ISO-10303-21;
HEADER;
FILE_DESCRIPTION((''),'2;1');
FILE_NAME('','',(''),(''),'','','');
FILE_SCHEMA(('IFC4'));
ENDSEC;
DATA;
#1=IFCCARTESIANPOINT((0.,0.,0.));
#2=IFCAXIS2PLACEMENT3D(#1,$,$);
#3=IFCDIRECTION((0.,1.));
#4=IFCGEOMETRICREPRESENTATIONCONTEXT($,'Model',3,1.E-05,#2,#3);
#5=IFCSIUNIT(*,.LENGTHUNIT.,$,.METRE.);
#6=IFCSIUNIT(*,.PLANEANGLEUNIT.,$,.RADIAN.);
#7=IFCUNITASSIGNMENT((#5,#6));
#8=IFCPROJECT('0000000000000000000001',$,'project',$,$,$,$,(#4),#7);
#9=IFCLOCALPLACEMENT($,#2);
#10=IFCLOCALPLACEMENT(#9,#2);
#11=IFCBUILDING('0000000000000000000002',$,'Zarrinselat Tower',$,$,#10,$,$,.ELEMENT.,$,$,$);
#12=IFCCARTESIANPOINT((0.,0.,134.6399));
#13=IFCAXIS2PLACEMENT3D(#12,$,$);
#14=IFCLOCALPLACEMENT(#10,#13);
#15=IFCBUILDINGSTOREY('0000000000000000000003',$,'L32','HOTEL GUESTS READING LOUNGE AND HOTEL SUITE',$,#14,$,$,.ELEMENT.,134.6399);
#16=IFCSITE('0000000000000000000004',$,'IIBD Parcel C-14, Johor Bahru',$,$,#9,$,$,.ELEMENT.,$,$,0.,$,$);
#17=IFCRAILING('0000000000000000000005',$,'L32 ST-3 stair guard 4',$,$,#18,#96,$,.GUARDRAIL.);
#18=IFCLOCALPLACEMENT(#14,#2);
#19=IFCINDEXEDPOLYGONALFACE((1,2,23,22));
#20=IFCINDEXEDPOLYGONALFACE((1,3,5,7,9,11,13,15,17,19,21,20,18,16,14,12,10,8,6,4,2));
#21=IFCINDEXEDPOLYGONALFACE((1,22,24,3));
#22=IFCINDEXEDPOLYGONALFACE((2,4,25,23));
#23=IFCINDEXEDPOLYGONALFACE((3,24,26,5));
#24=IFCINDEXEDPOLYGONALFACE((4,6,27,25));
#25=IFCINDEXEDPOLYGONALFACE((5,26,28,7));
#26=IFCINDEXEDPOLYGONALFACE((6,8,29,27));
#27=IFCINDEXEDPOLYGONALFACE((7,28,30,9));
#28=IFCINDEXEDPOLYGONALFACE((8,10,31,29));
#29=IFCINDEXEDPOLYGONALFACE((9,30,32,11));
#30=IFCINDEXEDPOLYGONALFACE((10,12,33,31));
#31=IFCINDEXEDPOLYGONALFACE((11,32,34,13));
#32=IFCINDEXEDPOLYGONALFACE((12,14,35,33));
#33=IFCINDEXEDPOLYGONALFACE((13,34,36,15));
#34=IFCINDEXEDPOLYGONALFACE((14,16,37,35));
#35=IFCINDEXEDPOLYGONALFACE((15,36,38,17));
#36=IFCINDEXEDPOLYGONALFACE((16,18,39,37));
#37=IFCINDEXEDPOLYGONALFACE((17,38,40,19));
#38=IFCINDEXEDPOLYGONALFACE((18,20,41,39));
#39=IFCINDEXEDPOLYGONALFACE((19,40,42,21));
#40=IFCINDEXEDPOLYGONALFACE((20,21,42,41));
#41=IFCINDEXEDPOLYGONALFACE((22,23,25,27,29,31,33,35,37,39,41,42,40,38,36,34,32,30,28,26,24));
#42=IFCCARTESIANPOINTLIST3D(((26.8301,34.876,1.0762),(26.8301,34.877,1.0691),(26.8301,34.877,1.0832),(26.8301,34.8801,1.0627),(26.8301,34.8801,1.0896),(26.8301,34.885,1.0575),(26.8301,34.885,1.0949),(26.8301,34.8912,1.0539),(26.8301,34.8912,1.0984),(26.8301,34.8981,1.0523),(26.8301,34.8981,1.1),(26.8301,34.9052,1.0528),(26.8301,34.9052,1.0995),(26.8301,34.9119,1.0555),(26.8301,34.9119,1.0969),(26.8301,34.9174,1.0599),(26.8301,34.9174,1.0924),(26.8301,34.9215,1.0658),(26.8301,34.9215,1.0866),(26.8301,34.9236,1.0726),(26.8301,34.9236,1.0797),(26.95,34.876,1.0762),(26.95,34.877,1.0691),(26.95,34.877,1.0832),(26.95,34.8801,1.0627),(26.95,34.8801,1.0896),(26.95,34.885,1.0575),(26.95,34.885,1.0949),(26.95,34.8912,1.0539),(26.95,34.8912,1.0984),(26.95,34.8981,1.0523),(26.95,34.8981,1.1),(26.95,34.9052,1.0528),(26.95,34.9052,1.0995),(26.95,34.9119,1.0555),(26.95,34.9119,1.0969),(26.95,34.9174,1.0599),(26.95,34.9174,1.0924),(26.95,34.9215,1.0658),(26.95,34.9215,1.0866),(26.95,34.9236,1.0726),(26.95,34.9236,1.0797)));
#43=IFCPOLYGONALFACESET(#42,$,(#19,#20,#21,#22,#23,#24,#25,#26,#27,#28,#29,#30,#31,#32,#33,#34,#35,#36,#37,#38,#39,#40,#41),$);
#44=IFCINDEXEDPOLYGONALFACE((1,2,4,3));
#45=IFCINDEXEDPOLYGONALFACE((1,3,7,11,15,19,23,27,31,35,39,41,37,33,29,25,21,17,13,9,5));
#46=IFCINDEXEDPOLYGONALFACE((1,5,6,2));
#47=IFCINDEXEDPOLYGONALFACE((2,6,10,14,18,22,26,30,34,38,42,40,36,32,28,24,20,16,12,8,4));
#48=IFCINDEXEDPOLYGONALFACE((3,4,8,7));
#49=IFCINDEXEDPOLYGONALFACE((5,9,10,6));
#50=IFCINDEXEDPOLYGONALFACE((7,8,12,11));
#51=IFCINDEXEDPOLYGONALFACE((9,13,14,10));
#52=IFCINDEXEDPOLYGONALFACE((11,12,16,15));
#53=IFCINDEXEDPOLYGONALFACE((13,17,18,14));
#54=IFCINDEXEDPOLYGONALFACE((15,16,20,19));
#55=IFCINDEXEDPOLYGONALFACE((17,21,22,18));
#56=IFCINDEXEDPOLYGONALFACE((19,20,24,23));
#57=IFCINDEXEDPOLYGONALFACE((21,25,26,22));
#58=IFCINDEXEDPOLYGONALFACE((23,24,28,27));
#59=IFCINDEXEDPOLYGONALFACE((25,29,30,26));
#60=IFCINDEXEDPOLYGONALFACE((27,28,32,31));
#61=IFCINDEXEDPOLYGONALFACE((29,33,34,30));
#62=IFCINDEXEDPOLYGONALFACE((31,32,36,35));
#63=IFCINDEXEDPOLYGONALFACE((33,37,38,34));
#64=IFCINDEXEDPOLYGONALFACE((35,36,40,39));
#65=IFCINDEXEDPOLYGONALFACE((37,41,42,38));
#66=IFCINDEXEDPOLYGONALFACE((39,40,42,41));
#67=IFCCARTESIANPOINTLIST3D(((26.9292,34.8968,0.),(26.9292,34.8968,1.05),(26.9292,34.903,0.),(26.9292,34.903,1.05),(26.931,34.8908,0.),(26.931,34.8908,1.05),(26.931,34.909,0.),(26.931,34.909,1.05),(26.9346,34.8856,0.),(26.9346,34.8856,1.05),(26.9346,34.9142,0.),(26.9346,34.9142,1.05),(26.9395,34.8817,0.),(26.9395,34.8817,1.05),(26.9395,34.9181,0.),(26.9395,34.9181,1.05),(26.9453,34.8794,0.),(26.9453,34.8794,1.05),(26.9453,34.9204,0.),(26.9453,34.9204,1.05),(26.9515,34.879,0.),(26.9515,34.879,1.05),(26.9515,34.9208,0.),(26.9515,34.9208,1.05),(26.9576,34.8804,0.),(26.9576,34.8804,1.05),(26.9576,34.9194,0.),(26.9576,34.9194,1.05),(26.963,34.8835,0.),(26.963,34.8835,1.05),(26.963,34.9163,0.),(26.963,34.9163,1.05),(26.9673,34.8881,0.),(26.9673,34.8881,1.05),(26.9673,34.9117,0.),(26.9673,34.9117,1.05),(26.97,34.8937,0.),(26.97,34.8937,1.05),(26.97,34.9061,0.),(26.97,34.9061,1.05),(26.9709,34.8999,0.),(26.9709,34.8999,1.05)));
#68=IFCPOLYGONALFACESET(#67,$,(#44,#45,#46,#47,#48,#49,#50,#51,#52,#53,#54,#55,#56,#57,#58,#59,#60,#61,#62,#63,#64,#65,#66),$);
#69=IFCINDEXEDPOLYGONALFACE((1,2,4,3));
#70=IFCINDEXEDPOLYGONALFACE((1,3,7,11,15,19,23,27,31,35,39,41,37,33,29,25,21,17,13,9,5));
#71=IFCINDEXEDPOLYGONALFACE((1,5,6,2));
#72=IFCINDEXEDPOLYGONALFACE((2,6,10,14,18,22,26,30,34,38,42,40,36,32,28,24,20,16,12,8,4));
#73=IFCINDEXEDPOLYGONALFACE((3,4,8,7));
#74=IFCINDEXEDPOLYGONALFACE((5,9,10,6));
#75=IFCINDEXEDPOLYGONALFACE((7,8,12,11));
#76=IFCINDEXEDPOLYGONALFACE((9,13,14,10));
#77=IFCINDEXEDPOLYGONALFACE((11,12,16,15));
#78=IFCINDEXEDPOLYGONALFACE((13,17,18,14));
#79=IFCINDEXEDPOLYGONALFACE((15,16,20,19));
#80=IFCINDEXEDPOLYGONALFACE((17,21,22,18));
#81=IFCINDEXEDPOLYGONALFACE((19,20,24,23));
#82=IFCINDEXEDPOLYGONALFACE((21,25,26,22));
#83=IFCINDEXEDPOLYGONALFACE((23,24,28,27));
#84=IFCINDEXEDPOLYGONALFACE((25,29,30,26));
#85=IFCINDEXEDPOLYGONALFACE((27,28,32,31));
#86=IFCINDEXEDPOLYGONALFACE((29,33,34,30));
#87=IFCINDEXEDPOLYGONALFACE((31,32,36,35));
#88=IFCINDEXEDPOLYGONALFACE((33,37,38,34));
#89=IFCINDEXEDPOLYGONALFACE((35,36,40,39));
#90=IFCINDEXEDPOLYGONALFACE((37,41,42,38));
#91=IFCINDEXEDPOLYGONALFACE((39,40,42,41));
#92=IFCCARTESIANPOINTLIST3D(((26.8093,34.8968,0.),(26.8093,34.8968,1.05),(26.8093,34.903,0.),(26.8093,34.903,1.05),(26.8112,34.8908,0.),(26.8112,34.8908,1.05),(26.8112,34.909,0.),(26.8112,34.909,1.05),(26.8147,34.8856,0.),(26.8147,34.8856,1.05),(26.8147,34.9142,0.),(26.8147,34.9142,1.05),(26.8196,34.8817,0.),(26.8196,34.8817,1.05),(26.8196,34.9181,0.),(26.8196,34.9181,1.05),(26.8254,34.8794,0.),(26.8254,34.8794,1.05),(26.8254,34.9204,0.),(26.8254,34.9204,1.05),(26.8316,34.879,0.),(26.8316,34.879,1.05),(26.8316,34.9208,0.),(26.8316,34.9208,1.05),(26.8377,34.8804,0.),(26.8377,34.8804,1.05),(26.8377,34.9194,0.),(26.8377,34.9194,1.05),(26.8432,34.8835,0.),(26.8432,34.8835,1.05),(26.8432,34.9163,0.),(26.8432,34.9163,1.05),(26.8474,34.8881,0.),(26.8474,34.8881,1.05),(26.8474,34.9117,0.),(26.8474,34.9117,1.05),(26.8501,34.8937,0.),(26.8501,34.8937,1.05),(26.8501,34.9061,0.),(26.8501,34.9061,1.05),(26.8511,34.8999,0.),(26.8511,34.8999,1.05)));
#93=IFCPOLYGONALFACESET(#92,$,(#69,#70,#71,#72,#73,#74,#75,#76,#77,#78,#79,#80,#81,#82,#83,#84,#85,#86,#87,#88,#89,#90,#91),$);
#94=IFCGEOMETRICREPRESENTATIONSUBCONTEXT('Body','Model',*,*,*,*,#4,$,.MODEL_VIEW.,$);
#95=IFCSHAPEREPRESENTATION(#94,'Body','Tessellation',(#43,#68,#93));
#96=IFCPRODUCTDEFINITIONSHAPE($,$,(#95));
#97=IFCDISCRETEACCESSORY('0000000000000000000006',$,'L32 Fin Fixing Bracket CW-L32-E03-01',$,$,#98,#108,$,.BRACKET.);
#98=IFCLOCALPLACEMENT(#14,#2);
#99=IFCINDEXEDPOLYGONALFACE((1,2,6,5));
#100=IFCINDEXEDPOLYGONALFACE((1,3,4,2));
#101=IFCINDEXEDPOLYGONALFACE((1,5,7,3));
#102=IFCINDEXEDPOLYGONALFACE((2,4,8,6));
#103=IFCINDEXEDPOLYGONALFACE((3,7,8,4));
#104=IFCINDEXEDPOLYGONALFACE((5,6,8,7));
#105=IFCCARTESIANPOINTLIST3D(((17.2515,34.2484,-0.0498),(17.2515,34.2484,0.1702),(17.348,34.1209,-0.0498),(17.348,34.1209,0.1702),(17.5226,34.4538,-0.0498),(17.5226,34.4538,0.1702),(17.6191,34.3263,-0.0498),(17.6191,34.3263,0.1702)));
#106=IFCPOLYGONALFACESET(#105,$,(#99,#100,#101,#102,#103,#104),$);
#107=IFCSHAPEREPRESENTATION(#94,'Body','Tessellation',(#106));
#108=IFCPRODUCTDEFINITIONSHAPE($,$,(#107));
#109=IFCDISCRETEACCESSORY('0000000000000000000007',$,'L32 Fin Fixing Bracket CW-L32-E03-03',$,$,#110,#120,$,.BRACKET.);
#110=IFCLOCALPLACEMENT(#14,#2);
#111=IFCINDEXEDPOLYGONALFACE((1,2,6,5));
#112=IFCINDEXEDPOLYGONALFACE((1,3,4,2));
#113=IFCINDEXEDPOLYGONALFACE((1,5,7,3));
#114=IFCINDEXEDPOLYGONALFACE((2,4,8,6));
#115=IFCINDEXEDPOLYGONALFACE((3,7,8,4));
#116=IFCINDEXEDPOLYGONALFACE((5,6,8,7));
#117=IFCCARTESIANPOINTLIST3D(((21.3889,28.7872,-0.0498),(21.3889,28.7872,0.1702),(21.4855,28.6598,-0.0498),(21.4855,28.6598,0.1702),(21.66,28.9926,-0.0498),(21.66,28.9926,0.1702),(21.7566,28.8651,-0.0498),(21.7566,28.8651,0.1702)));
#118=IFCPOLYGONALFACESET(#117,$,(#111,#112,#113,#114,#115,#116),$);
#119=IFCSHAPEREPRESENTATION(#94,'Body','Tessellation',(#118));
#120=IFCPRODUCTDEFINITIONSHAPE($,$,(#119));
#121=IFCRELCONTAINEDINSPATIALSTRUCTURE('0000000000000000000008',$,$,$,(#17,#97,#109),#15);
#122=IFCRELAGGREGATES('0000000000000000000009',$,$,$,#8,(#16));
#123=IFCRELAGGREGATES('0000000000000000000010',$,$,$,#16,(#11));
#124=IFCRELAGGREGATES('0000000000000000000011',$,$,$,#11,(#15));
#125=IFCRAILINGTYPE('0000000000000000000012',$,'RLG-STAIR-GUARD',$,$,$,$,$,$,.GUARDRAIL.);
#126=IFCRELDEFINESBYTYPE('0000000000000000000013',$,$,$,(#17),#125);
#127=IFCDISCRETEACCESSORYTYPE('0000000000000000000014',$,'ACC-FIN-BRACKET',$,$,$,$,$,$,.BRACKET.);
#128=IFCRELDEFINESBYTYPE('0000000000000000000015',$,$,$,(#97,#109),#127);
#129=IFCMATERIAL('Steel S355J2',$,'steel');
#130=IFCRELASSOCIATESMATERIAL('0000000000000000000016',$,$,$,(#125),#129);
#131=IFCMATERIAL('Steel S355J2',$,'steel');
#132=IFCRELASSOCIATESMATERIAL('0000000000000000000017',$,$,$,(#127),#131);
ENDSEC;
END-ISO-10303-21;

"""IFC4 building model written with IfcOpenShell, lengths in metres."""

from ifc_helpers import new_model, si_unit, direction, frame, origin, origin_2d, place, context, subcontext, project, spatial, rectangle, circle, extrude, material, type_object, element, save


model = new_model("IFC4")

# Units and contexts
model_context = context("Model", 3, precision=1e-05, world=origin(), true_north=direction((0.0, 1.0)))
body_context = subcontext(model_context, "Body", "Model", "MODEL_VIEW")
ifc_project = project(units=[si_unit("LENGTHUNIT", "METRE"), si_unit("PLANEANGLEUNIT", "RADIAN")], contexts=[model_context])

# Site, building, storey
site_placement = place(None, origin())
site = spatial("IfcSite", under=ifc_project, at=site_placement, Name="IIBD Parcel C-14, Johor Bahru", CompositionType="ELEMENT", RefElevation=0.0)
building_placement = place(site_placement, origin())
building = spatial("IfcBuilding", under=site, at=building_placement, Name="Zarrinselat Tower", CompositionType="ELEMENT")
storey_placement = place(building_placement, frame((0.0, 0.0, 134.6399)))
storey = spatial("IfcBuildingStorey", under=building, at=storey_placement, Name="L32", Description="HOTEL GUESTS READING LOUNGE AND HOTEL SUITE", CompositionType="ELEMENT", Elevation=134.6399)

# Railing
ifc_material_1 = material(Name="Steel S355J2", Category="steel")
railing_type = type_object("IfcRailingType", Name="RLG-STAIR-GUARD", PredefinedType="GUARDRAIL", material=ifc_material_1)
railing_1_placement = place(storey_placement, frame((26.95, 34.8999, 0.0)))
element("IfcRailing", 1, at=railing_1_placement, inside=storey, type_object=railing_type, Name="L32 ST-3 stair guard 4", PredefinedType="GUARDRAIL", context=body_context, shape_type="SweptSolid", body=[
    extrude(circle(Radius=0.0239, at=origin_2d()), frame((0.0, 0.0, 1.0762), z_axis=(-1.0, 0.0, 0.0), x_axis=(0.0, -1.0, 0.0)), (0.0, 0.0, 1.0), 0.1199),
    extrude(circle(Radius=0.021, at=origin_2d()), origin(), (0.0, 0.0, 1.0), 1.05),
    extrude(circle(Radius=0.021, at=origin_2d()), frame((-0.1199, 0.0, 0.0)), (0.0, 0.0, 1.0), 1.05),
])

# Discrete accessories
ifc_material_2 = material(Name="Steel S355J2", Category="steel")
discrete_accessory_type = type_object("IfcDiscreteAccessoryType", Name="ACC-FIN-BRACKET", PredefinedType="BRACKET", material=ifc_material_2)
for number, where, z_axis, x_axis, name in (
    (2, (17.4353, 34.2874, -0.0498), (0.0, 0.0, 1.0), (-0.797094, -0.603856, 0.0), "L32 Fin Fixing Bracket CW-L32-E03-01"),
    (3, (21.5728, 28.8262, -0.0498), (0.0, 0.0, 1.0), (-0.797094, -0.603856, 0.0), "L32 Fin Fixing Bracket CW-L32-E03-03"),
):
    element("IfcDiscreteAccessory", number, at=place(storey_placement, frame(where, z_axis=z_axis, x_axis=x_axis)), inside=storey, type_object=discrete_accessory_type, Name=name, PredefinedType="BRACKET", context=body_context, shape_type="SweptSolid", body=[
        extrude(rectangle(XDim=0.3401, YDim=0.1599, at=origin_2d()), origin(), (0.0, 0.0, 1.0), 0.22),
    ])

save(model, "model.ifc")
